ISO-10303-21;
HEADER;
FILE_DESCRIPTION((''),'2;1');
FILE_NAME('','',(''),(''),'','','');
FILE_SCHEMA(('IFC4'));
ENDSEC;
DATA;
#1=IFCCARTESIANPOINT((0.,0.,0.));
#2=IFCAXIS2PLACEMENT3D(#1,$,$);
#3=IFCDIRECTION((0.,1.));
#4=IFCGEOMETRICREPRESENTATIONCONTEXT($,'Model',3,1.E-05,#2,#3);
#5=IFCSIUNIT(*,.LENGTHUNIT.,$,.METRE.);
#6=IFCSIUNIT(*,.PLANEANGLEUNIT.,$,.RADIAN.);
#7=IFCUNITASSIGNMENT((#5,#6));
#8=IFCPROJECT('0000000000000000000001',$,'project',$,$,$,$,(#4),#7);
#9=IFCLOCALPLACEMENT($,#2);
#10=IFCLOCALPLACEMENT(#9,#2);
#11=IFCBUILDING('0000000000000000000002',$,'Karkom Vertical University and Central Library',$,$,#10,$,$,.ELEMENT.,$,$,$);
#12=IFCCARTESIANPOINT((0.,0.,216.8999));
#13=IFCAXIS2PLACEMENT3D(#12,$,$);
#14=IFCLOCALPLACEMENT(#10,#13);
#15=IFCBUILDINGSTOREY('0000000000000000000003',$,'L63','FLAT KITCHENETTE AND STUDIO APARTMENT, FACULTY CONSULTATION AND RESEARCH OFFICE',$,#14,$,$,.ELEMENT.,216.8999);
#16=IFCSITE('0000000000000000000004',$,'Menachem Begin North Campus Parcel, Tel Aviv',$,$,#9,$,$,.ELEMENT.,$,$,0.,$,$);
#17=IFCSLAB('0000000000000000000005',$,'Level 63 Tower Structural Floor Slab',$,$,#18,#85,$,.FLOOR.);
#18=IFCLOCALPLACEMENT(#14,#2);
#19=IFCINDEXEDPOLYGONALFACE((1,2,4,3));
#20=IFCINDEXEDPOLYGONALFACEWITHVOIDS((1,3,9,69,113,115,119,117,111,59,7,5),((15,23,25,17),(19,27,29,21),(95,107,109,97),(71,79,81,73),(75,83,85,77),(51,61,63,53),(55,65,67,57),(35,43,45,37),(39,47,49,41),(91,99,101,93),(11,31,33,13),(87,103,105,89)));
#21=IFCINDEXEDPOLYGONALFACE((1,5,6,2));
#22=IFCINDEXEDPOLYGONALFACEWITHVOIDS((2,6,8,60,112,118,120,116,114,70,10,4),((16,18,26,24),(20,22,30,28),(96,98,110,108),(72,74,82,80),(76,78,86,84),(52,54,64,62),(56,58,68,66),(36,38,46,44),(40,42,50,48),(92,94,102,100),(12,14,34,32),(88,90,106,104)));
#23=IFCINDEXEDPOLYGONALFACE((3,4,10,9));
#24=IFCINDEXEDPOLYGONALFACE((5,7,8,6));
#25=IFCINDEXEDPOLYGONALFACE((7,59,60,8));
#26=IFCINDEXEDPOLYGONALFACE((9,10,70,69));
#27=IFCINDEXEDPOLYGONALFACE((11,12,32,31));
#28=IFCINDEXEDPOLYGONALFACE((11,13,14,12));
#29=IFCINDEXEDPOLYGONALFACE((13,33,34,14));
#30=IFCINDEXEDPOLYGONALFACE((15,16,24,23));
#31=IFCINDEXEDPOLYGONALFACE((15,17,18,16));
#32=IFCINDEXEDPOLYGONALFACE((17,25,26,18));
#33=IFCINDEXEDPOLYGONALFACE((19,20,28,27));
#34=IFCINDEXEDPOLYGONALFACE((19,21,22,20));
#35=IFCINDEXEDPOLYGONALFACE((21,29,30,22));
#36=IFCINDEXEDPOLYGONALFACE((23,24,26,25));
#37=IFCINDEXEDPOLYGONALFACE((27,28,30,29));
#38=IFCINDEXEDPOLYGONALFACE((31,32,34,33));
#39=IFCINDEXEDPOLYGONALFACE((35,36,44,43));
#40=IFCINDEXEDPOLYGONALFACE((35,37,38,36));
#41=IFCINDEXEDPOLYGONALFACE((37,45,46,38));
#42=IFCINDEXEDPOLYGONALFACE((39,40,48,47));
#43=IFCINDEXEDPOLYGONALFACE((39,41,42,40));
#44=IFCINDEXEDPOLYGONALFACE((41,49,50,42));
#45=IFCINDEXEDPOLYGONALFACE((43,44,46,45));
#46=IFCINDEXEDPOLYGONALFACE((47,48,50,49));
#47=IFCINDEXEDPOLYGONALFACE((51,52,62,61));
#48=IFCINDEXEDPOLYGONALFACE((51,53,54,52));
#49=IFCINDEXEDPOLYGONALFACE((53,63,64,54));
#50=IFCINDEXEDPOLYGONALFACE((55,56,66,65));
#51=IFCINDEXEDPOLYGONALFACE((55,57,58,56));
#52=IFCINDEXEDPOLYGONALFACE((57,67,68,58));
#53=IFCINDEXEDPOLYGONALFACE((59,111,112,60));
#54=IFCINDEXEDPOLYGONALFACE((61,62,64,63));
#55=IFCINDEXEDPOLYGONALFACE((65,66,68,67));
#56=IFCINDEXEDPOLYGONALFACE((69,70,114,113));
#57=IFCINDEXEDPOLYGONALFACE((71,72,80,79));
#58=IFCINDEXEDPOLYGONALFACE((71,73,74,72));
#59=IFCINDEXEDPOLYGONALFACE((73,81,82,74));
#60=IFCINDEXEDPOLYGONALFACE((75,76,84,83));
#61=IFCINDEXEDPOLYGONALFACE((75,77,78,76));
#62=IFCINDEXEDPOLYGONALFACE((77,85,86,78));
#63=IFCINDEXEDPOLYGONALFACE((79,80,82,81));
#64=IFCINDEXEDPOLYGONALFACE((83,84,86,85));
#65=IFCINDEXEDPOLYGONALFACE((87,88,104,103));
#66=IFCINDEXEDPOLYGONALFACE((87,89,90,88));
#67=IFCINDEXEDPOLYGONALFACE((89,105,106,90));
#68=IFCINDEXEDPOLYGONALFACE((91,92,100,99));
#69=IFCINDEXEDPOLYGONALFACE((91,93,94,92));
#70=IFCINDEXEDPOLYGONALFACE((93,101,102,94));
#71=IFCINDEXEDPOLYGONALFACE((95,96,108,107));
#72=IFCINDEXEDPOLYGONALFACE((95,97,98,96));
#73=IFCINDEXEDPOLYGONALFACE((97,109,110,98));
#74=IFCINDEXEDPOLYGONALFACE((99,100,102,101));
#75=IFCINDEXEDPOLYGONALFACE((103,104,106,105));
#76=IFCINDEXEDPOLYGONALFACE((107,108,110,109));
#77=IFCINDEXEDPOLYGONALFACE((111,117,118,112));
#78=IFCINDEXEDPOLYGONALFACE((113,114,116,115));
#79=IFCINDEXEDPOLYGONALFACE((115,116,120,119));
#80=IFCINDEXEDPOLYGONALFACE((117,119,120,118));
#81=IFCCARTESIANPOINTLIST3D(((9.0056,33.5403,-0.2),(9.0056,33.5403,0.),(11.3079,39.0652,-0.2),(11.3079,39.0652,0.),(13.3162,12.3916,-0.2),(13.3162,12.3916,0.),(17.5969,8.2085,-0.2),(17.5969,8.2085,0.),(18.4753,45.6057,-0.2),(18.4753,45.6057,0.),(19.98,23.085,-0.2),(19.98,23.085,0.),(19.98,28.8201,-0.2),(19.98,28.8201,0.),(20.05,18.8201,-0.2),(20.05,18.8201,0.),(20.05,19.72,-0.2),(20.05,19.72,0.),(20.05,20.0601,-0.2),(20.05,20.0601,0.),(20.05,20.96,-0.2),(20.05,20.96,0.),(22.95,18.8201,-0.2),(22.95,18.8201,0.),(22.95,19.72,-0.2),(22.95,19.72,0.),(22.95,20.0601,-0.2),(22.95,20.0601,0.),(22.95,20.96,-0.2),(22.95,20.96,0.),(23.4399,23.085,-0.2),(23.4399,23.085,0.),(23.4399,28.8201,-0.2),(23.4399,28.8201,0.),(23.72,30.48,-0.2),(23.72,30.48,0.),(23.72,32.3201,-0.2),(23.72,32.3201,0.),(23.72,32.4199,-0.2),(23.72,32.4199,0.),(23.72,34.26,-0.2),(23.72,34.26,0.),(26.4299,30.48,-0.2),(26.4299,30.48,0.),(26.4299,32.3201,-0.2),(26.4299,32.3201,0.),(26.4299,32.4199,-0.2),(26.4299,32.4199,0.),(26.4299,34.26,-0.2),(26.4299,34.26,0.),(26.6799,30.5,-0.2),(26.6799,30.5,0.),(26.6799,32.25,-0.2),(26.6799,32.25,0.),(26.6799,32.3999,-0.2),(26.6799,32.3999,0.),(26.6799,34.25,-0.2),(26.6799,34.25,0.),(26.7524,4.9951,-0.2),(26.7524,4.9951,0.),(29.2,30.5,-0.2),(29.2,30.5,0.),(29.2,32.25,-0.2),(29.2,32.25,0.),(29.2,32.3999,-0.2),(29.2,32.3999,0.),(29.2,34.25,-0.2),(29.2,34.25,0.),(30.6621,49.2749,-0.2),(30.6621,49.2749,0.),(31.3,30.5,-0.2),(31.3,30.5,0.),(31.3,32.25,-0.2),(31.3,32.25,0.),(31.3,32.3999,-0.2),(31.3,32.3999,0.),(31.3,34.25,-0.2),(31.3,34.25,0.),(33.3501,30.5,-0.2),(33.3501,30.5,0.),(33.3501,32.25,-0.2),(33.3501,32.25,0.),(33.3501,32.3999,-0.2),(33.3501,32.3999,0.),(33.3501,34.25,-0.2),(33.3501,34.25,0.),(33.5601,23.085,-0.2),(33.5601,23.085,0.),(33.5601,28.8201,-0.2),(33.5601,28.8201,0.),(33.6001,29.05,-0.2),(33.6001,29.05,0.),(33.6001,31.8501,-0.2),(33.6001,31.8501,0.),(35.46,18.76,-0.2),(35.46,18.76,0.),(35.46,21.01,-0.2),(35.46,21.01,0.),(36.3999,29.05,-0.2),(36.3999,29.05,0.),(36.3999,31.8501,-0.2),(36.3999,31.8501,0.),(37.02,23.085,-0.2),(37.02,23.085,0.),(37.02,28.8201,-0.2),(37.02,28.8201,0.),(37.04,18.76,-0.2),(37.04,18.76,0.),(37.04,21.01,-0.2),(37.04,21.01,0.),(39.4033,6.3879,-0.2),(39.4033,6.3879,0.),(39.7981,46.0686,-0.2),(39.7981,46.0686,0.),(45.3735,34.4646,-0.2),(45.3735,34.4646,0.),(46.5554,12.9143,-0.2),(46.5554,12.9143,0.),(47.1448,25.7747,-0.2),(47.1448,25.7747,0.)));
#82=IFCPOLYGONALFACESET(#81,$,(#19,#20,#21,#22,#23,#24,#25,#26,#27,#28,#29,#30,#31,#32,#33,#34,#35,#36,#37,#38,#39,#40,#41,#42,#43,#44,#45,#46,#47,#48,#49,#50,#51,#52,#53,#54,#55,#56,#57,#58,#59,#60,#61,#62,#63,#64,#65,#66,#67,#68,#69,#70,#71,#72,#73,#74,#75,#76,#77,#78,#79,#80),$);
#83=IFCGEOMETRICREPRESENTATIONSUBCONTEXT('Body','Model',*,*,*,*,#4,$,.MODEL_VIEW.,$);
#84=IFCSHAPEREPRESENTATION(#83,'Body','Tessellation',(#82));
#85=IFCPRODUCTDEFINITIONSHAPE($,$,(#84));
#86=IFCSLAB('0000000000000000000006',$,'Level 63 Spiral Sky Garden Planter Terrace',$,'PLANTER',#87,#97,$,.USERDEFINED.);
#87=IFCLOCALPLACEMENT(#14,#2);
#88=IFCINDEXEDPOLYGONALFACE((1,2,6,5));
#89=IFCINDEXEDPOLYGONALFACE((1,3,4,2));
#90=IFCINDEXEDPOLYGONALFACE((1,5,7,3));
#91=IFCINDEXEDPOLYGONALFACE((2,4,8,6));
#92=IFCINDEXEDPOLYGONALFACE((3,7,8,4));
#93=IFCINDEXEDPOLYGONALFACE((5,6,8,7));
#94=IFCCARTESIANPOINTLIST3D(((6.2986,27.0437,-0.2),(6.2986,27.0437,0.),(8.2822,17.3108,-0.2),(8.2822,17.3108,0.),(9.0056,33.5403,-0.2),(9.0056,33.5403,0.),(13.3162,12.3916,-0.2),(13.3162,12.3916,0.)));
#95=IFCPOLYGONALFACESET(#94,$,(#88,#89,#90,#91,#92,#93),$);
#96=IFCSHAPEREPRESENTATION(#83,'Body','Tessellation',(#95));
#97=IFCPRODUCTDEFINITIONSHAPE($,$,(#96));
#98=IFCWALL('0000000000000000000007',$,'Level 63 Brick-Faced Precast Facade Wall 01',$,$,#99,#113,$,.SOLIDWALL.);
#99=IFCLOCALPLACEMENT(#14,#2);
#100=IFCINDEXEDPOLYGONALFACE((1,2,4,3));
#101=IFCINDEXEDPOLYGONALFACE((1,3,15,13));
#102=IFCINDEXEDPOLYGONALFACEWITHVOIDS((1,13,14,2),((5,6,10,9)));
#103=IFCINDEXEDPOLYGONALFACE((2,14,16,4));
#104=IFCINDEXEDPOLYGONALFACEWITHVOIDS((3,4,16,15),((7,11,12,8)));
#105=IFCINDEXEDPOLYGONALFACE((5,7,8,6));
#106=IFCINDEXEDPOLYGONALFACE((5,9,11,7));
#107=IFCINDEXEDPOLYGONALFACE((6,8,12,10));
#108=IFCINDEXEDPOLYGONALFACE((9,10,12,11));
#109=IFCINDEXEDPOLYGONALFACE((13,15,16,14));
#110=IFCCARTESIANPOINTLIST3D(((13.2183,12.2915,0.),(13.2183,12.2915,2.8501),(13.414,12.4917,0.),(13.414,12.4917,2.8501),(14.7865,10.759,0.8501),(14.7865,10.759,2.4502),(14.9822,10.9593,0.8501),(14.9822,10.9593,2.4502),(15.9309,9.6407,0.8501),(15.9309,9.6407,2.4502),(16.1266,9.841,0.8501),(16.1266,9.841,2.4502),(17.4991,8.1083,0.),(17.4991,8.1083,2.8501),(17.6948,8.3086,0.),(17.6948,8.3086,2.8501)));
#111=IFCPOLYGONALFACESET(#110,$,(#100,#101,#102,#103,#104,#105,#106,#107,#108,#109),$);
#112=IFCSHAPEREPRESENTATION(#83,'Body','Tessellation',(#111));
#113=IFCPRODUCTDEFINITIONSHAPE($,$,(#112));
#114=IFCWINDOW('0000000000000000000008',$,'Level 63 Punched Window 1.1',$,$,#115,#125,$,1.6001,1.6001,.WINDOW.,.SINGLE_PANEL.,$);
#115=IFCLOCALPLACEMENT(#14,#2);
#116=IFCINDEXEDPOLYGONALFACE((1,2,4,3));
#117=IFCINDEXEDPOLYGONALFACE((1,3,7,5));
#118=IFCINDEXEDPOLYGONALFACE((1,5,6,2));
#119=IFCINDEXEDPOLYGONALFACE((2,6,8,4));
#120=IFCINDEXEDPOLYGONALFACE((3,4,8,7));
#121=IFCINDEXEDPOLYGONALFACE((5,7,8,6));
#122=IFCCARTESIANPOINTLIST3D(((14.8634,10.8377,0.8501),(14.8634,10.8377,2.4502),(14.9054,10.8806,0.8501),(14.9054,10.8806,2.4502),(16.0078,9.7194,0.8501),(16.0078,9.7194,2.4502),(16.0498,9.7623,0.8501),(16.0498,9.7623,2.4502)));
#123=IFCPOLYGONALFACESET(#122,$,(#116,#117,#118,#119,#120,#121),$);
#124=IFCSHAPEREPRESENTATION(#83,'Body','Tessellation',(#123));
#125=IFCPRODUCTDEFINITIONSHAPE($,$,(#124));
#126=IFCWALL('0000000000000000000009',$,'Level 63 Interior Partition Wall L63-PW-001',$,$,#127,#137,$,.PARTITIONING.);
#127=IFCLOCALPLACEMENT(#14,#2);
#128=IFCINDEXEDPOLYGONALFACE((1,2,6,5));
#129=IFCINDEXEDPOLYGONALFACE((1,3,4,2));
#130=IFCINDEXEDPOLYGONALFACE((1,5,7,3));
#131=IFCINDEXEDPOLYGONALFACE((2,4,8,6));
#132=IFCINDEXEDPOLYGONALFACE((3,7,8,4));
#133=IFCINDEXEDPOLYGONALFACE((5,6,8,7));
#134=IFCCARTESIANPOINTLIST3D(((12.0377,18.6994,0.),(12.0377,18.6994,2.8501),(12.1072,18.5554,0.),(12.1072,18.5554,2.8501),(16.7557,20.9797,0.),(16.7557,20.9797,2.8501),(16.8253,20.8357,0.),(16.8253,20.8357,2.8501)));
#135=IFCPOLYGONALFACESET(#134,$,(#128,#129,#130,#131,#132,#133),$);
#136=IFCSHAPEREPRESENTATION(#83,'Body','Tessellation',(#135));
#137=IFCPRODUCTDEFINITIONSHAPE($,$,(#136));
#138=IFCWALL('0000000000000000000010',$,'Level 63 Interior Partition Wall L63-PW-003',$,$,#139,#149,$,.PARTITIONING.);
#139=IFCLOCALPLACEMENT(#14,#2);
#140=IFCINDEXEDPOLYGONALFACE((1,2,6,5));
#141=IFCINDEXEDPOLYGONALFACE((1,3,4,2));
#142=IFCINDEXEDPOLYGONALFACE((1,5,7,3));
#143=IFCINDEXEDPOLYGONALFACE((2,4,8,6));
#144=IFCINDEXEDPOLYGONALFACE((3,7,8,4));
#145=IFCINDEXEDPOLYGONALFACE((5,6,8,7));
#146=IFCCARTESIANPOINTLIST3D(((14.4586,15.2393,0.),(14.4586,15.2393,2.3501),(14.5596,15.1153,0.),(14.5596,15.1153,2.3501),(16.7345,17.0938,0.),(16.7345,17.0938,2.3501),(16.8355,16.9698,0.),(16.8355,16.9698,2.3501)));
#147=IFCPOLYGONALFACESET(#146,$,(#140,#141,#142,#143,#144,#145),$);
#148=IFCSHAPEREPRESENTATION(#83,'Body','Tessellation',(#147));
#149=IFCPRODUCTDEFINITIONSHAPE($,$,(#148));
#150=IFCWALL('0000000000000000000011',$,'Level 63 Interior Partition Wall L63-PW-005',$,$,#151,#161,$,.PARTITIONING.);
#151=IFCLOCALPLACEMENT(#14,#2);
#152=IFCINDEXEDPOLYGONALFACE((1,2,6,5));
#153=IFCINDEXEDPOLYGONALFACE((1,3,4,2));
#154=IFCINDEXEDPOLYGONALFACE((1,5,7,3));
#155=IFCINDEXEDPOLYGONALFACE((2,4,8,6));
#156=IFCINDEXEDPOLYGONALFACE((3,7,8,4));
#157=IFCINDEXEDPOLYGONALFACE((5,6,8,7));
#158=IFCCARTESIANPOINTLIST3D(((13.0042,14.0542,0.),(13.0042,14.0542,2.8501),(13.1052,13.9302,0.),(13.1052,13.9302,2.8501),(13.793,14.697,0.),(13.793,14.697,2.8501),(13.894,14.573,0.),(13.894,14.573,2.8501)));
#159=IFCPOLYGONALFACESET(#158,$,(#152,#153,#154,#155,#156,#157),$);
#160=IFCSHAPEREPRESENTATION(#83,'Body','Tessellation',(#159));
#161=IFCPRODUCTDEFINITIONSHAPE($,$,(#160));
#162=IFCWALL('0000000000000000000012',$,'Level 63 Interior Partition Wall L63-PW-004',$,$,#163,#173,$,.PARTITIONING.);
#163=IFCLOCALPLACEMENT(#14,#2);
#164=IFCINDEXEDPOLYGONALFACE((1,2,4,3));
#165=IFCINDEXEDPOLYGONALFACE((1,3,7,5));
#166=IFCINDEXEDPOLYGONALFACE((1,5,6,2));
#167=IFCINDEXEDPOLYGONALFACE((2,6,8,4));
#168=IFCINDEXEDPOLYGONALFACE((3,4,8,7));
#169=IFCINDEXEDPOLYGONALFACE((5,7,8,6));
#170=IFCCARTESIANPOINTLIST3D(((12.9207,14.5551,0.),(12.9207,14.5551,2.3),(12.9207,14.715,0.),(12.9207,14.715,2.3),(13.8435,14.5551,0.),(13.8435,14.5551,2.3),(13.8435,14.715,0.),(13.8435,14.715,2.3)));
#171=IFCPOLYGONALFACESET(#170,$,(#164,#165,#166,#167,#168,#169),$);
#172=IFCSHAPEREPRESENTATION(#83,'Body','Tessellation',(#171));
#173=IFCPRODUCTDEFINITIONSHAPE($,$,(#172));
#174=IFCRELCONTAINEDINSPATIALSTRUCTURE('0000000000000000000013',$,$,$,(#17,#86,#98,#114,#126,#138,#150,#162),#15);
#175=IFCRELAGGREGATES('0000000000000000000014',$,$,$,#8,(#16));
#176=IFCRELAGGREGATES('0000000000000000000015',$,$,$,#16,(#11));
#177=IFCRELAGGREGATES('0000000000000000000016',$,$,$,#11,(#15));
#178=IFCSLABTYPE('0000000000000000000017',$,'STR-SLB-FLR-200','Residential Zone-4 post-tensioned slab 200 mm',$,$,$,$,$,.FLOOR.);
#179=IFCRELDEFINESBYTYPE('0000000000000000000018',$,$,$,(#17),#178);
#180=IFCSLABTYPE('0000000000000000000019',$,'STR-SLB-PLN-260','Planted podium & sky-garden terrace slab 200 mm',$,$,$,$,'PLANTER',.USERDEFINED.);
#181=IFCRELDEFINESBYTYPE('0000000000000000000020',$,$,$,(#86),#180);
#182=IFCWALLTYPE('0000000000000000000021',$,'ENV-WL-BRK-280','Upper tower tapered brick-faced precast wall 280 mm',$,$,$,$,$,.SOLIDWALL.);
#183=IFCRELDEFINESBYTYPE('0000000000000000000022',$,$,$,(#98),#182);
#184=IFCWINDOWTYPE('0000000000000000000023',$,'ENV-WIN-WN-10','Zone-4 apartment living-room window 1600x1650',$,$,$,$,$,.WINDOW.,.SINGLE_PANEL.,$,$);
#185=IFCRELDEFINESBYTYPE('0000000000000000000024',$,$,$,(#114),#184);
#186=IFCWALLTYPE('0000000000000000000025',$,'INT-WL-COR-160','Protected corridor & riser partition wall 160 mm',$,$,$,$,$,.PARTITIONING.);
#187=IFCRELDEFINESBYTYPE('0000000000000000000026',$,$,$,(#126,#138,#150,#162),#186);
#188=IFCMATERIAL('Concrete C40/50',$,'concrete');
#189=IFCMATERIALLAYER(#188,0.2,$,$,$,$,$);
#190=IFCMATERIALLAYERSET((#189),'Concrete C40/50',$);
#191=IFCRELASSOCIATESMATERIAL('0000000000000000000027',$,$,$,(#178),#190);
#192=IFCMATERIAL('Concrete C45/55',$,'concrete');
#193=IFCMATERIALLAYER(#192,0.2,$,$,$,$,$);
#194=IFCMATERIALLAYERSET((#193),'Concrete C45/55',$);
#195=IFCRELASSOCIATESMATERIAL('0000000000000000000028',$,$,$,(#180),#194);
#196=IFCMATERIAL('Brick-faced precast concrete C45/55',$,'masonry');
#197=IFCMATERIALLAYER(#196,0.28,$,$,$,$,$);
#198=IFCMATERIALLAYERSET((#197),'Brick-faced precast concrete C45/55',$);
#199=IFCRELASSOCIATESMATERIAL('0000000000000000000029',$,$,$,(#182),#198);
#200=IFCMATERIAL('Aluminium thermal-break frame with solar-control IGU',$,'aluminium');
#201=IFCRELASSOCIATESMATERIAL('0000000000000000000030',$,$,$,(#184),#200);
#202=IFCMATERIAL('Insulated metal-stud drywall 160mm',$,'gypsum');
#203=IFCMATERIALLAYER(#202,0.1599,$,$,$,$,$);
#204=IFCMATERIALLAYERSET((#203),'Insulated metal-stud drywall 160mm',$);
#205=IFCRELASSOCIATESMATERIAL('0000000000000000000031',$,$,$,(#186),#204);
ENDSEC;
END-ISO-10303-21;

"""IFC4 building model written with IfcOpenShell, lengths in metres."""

from ifc_helpers import new_model, si_unit, direction, frame, frame_2d, origin, origin_with_axes, place, context, subcontext, project, spatial, polyline, rectangle, outline, extrude, source, transform, mapped, material, layer, layer_set, type_object, element, fill, save


model = new_model("IFC4")

# Units and contexts
model_context = context("Model", 3, precision=1e-05, world=origin(), true_north=direction((0.0, 1.0)))
body_context = subcontext(model_context, "Body", "Model", "MODEL_VIEW")
ifc_project = project(units=[si_unit("LENGTHUNIT", "METRE"), si_unit("PLANEANGLEUNIT", "RADIAN")], contexts=[model_context])

# Site, building, storey
site_placement = place(None, origin())
site = spatial("IfcSite", under=ifc_project, at=site_placement, Name="Menachem Begin North Campus Parcel, Tel Aviv", CompositionType="ELEMENT", RefElevation=0.0)
building_placement = place(site_placement, origin())
building = spatial("IfcBuilding", under=site, at=building_placement, Name="Karkom Vertical University and Central Library", CompositionType="ELEMENT")
storey_placement = place(building_placement, frame((0.0, 0.0, 216.8999)))
storey = spatial("IfcBuildingStorey", under=building, at=storey_placement, Name="L63", Description="FLAT KITCHENETTE AND STUDIO APARTMENT, FACULTY CONSULTATION AND RESEARCH OFFICE", CompositionType="ELEMENT", Elevation=216.8999)

# Shared definitions
ifc_material_1 = material(Name="Concrete C45/55", Category="concrete")

# Slabs
ifc_material_2 = material(Name="Concrete C40/50", Category="concrete")
ifc_layer_1 = layer(ifc_material_2, 0.2)
ifc_layer_set_1 = layer_set([ifc_layer_1], Name="Concrete C40/50")
slab_type_1 = type_object("IfcSlabType", Name="STR-SLB-FLR-200", Description="Residential Zone-4 post-tensioned slab 200 mm", PredefinedType="FLOOR", material=ifc_layer_set_1)
slab_1_placement = place(storey_placement, frame((0.0, 0.0, -0.2)))
element("IfcSlab", 1, at=slab_1_placement, inside=storey, type_object=slab_type_1, Name="Level 63 Tower Structural Floor Slab", PredefinedType="FLOOR", context=body_context, shape_type="SweptSolid", body=[
    extrude(outline(polyline([(13.3162, 12.3916), (17.5969, 8.2085), (26.7524, 4.9951), (39.4033, 6.3879), (46.5554, 12.9143), (47.1448, 25.7747), (45.3735, 34.4646), (39.7981, 46.0686), (30.6621, 49.2749), (18.4753, 45.6057), (11.3079, 39.0652), (9.0056, 33.5403), (13.3162, 12.3916)]), holes=[polyline([(19.98, 23.085), (23.4399, 23.085), (23.4399, 28.8201), (19.98, 28.8201), (19.98, 23.085)]), polyline([(33.5601, 23.085), (37.02, 23.085), (37.02, 28.8201), (33.5601, 28.8201), (33.5601, 23.085)]), polyline([(26.6799, 30.5), (29.2, 30.5), (29.2, 32.25), (26.6799, 32.25), (26.6799, 30.5)]), polyline([(26.6799, 32.3999), (29.2, 32.3999), (29.2, 34.25), (26.6799, 34.25), (26.6799, 32.3999)]), polyline([(31.3, 30.5), (33.3501, 30.5), (33.3501, 32.25), (31.3, 32.25), (31.3, 30.5)]), polyline([(31.3, 32.3999), (33.3501, 32.3999), (33.3501, 34.25), (31.3, 34.25), (31.3, 32.3999)]), polyline([(23.72, 30.48), (26.4299, 30.48), (26.4299, 32.3201), (23.72, 32.3201), (23.72, 30.48)]), polyline([(23.72, 32.4199), (26.4299, 32.4199), (26.4299, 34.26), (23.72, 34.26), (23.72, 32.4199)]), polyline([(33.6001, 29.05), (36.3999, 29.05), (36.3999, 31.8501), (33.6001, 31.8501), (33.6001, 29.05)]), polyline([(20.05, 18.8201), (22.95, 18.8201), (22.95, 19.72), (20.05, 19.72), (20.05, 18.8201)]), polyline([(20.05, 20.0601), (22.95, 20.0601), (22.95, 20.96), (20.05, 20.96), (20.05, 20.0601)]), polyline([(35.46, 18.76), (37.04, 18.76), (37.04, 21.01), (35.46, 21.01), (35.46, 18.76)])]), origin(), (0.0, 0.0, 1.0), 0.2),
])
ifc_layer_2 = layer(ifc_material_1, 0.2)
ifc_layer_set_2 = layer_set([ifc_layer_2], Name="Concrete C45/55")
slab_type_2 = type_object("IfcSlabType", Name="STR-SLB-PLN-260", Description="Planted podium & sky-garden terrace slab 200 mm", ElementType="PLANTER", PredefinedType="USERDEFINED", material=ifc_layer_set_2)
slab_2_placement = place(storey_placement, frame((0.0, 0.0, -0.2)))
element("IfcSlab", 2, at=slab_2_placement, inside=storey, type_object=slab_type_2, Name="Level 63 Spiral Sky Garden Planter Terrace", ObjectType="PLANTER", PredefinedType="USERDEFINED", context=body_context, shape_type="SweptSolid", body=[
    extrude(outline(polyline([(8.2822, 17.3108), (13.3162, 12.3916), (9.0056, 33.5403), (6.2986, 27.0437), (8.2822, 17.3108)])), origin(), (0.0, 0.0, 1.0), 0.2),
])

# Wall, opening, window
ifc_material_3 = material(Name="Brick-faced precast concrete C45/55", Category="masonry")
ifc_layer_3 = layer(ifc_material_3, 0.28)
ifc_layer_set_3 = layer_set([ifc_layer_3], Name="Brick-faced precast concrete C45/55")
wall_type_1 = type_object("IfcWallType", Name="ENV-WL-BRK-280", Description="Upper tower tapered brick-faced precast wall 280 mm", PredefinedType="SOLIDWALL", material=ifc_layer_set_3)
wall_1_placement = place(storey_placement, frame((13.3162, 12.3916, 0.0), z_axis=(0.0, 0.0, 1.0), x_axis=(0.715218, -0.698902, 0.0)))
wall_1 = element("IfcWall", 3, at=wall_1_placement, inside=storey, type_object=wall_type_1, Name="Level 63 Brick-Faced Precast Facade Wall 01", PredefinedType="SOLIDWALL", context=body_context, shape_type="SweptSolid", body=[
    extrude(rectangle(XDim=5.9854, YDim=0.28, at=frame_2d((2.9927, 0.0))), origin(), (0.0, 0.0, 1.0), 2.8501),
])
opening_1_placement = place(wall_1_placement, frame((2.1926, 0.0, 0.8501)))
opening_1 = element("IfcOpeningElement", 4, at=opening_1_placement, cuts=wall_1, PredefinedType="OPENING", context=body_context, shape_type="SweptSolid", body=[
    extrude(rectangle(XDim=1.6001, YDim=1.6001, at=frame_2d((0.8, 0.8))), frame((0.0, 0.1499, 0.0), z_axis=(0.0, -1.0, 0.0), x_axis=(1.0, 0.0, 0.0)), (0.0, 0.0, 1.0), 0.3),
])
ifc_material_4 = material(Name="Aluminium thermal-break frame with solar-control IGU", Category="aluminium")
window_type = type_object("IfcWindowType", Name="ENV-WIN-WN-10", Description="Zone-4 apartment living-room window 1600x1650", PartitioningType="SINGLE_PANEL", PredefinedType="WINDOW", material=ifc_material_4)
shared_shape_1 = source(origin_with_axes(), body_context, "Body", "SweptSolid", [
    extrude(rectangle(XDim=1.6001, YDim=1.6001, at=frame_2d((0.8, 0.8))), frame((0.0, 0.03, 0.0), z_axis=(0.0, -1.0, 0.0), x_axis=(1.0, 0.0, 0.0)), (0.0, 0.0, 1.0), 0.0601),
])
window_placement = place(opening_1_placement, origin())
window = element("IfcWindow", 5, at=window_placement, inside=storey, type_object=window_type, Name="Level 63 Punched Window 1.1", OverallHeight=1.6001, OverallWidth=1.6001, PartitioningType="SINGLE_PANEL", PredefinedType="WINDOW", context=body_context, shape_type="MappedRepresentation", body=[
    mapped(shared_shape_1, transform((0.0, 0.0, 0.0), scale=1.0)),
])
fill(opening_1, window)

# Shared definitions
ifc_material_5 = material(Name="Insulated metal-stud drywall 160mm", Category="gypsum")
ifc_layer_4 = layer(ifc_material_5, 0.1599)
ifc_layer_set_4 = layer_set([ifc_layer_4], Name="Insulated metal-stud drywall 160mm")
wall_type_2 = type_object("IfcWallType", Name="INT-WL-COR-160", Description="Protected corridor & riser partition wall 160 mm", PredefinedType="PARTITIONING", material=ifc_layer_set_4)

# Walls
wall_2_placement = place(storey_placement, frame((16.7905, 20.9077, 0.0), z_axis=(0.0, 0.0, 1.0), x_axis=(-0.900357, -0.435153, 0.0)))
element("IfcWall", 6, at=wall_2_placement, inside=storey, type_object=wall_type_2, Name="Level 63 Interior Partition Wall L63-PW-001", PredefinedType="PARTITIONING", context=body_context, shape_type="SweptSolid", body=[
    extrude(rectangle(XDim=5.2402, YDim=0.1599, at=frame_2d((2.6201, 0.0))), origin(), (0.0, 0.0, 1.0), 2.8501),
])
wall_3_placement = place(storey_placement, frame((16.7849, 17.0317, 0.0), z_axis=(0.0, 0.0, 1.0), x_axis=(-0.775223, -0.631688, 0.0)))
element("IfcWall", 7, at=wall_3_placement, inside=storey, type_object=wall_type_2, Name="Level 63 Interior Partition Wall L63-PW-003", PredefinedType="PARTITIONING", context=body_context, shape_type="SweptSolid", body=[
    extrude(rectangle(XDim=2.9358, YDim=0.1599, at=frame_2d((1.4678, 0.0))), origin(), (0.0, 0.0, 1.0), 2.3501),
])
wall_4_placement = place(storey_placement, frame((13.8435, 14.635, 0.0), z_axis=(0.0, 0.0, 1.0), x_axis=(-0.775196, -0.631721, 0.0)))
element("IfcWall", 8, at=wall_4_placement, inside=storey, type_object=wall_type_2, Name="Level 63 Interior Partition Wall L63-PW-005", PredefinedType="PARTITIONING", context=body_context, shape_type="SweptSolid", body=[
    extrude(rectangle(XDim=1.0176, YDim=0.1599, at=frame_2d((0.5088, 0.0))), origin(), (0.0, 0.0, 1.0), 2.8501),
])
wall_5_placement = place(storey_placement, frame((12.9207, 14.635, 0.0), z_axis=(0.0, 0.0, 1.0), x_axis=(1.0, 0.0, 0.0)))
element("IfcWall", 9, at=wall_5_placement, inside=storey, type_object=wall_type_2, Name="Level 63 Interior Partition Wall L63-PW-004", PredefinedType="PARTITIONING", context=body_context, shape_type="SweptSolid", body=[
    extrude(rectangle(XDim=0.9229, YDim=0.1599, at=frame_2d((0.4614, 0.0))), origin(), (0.0, 0.0, 1.0), 2.3),
])

save(model, "model.ifc")
